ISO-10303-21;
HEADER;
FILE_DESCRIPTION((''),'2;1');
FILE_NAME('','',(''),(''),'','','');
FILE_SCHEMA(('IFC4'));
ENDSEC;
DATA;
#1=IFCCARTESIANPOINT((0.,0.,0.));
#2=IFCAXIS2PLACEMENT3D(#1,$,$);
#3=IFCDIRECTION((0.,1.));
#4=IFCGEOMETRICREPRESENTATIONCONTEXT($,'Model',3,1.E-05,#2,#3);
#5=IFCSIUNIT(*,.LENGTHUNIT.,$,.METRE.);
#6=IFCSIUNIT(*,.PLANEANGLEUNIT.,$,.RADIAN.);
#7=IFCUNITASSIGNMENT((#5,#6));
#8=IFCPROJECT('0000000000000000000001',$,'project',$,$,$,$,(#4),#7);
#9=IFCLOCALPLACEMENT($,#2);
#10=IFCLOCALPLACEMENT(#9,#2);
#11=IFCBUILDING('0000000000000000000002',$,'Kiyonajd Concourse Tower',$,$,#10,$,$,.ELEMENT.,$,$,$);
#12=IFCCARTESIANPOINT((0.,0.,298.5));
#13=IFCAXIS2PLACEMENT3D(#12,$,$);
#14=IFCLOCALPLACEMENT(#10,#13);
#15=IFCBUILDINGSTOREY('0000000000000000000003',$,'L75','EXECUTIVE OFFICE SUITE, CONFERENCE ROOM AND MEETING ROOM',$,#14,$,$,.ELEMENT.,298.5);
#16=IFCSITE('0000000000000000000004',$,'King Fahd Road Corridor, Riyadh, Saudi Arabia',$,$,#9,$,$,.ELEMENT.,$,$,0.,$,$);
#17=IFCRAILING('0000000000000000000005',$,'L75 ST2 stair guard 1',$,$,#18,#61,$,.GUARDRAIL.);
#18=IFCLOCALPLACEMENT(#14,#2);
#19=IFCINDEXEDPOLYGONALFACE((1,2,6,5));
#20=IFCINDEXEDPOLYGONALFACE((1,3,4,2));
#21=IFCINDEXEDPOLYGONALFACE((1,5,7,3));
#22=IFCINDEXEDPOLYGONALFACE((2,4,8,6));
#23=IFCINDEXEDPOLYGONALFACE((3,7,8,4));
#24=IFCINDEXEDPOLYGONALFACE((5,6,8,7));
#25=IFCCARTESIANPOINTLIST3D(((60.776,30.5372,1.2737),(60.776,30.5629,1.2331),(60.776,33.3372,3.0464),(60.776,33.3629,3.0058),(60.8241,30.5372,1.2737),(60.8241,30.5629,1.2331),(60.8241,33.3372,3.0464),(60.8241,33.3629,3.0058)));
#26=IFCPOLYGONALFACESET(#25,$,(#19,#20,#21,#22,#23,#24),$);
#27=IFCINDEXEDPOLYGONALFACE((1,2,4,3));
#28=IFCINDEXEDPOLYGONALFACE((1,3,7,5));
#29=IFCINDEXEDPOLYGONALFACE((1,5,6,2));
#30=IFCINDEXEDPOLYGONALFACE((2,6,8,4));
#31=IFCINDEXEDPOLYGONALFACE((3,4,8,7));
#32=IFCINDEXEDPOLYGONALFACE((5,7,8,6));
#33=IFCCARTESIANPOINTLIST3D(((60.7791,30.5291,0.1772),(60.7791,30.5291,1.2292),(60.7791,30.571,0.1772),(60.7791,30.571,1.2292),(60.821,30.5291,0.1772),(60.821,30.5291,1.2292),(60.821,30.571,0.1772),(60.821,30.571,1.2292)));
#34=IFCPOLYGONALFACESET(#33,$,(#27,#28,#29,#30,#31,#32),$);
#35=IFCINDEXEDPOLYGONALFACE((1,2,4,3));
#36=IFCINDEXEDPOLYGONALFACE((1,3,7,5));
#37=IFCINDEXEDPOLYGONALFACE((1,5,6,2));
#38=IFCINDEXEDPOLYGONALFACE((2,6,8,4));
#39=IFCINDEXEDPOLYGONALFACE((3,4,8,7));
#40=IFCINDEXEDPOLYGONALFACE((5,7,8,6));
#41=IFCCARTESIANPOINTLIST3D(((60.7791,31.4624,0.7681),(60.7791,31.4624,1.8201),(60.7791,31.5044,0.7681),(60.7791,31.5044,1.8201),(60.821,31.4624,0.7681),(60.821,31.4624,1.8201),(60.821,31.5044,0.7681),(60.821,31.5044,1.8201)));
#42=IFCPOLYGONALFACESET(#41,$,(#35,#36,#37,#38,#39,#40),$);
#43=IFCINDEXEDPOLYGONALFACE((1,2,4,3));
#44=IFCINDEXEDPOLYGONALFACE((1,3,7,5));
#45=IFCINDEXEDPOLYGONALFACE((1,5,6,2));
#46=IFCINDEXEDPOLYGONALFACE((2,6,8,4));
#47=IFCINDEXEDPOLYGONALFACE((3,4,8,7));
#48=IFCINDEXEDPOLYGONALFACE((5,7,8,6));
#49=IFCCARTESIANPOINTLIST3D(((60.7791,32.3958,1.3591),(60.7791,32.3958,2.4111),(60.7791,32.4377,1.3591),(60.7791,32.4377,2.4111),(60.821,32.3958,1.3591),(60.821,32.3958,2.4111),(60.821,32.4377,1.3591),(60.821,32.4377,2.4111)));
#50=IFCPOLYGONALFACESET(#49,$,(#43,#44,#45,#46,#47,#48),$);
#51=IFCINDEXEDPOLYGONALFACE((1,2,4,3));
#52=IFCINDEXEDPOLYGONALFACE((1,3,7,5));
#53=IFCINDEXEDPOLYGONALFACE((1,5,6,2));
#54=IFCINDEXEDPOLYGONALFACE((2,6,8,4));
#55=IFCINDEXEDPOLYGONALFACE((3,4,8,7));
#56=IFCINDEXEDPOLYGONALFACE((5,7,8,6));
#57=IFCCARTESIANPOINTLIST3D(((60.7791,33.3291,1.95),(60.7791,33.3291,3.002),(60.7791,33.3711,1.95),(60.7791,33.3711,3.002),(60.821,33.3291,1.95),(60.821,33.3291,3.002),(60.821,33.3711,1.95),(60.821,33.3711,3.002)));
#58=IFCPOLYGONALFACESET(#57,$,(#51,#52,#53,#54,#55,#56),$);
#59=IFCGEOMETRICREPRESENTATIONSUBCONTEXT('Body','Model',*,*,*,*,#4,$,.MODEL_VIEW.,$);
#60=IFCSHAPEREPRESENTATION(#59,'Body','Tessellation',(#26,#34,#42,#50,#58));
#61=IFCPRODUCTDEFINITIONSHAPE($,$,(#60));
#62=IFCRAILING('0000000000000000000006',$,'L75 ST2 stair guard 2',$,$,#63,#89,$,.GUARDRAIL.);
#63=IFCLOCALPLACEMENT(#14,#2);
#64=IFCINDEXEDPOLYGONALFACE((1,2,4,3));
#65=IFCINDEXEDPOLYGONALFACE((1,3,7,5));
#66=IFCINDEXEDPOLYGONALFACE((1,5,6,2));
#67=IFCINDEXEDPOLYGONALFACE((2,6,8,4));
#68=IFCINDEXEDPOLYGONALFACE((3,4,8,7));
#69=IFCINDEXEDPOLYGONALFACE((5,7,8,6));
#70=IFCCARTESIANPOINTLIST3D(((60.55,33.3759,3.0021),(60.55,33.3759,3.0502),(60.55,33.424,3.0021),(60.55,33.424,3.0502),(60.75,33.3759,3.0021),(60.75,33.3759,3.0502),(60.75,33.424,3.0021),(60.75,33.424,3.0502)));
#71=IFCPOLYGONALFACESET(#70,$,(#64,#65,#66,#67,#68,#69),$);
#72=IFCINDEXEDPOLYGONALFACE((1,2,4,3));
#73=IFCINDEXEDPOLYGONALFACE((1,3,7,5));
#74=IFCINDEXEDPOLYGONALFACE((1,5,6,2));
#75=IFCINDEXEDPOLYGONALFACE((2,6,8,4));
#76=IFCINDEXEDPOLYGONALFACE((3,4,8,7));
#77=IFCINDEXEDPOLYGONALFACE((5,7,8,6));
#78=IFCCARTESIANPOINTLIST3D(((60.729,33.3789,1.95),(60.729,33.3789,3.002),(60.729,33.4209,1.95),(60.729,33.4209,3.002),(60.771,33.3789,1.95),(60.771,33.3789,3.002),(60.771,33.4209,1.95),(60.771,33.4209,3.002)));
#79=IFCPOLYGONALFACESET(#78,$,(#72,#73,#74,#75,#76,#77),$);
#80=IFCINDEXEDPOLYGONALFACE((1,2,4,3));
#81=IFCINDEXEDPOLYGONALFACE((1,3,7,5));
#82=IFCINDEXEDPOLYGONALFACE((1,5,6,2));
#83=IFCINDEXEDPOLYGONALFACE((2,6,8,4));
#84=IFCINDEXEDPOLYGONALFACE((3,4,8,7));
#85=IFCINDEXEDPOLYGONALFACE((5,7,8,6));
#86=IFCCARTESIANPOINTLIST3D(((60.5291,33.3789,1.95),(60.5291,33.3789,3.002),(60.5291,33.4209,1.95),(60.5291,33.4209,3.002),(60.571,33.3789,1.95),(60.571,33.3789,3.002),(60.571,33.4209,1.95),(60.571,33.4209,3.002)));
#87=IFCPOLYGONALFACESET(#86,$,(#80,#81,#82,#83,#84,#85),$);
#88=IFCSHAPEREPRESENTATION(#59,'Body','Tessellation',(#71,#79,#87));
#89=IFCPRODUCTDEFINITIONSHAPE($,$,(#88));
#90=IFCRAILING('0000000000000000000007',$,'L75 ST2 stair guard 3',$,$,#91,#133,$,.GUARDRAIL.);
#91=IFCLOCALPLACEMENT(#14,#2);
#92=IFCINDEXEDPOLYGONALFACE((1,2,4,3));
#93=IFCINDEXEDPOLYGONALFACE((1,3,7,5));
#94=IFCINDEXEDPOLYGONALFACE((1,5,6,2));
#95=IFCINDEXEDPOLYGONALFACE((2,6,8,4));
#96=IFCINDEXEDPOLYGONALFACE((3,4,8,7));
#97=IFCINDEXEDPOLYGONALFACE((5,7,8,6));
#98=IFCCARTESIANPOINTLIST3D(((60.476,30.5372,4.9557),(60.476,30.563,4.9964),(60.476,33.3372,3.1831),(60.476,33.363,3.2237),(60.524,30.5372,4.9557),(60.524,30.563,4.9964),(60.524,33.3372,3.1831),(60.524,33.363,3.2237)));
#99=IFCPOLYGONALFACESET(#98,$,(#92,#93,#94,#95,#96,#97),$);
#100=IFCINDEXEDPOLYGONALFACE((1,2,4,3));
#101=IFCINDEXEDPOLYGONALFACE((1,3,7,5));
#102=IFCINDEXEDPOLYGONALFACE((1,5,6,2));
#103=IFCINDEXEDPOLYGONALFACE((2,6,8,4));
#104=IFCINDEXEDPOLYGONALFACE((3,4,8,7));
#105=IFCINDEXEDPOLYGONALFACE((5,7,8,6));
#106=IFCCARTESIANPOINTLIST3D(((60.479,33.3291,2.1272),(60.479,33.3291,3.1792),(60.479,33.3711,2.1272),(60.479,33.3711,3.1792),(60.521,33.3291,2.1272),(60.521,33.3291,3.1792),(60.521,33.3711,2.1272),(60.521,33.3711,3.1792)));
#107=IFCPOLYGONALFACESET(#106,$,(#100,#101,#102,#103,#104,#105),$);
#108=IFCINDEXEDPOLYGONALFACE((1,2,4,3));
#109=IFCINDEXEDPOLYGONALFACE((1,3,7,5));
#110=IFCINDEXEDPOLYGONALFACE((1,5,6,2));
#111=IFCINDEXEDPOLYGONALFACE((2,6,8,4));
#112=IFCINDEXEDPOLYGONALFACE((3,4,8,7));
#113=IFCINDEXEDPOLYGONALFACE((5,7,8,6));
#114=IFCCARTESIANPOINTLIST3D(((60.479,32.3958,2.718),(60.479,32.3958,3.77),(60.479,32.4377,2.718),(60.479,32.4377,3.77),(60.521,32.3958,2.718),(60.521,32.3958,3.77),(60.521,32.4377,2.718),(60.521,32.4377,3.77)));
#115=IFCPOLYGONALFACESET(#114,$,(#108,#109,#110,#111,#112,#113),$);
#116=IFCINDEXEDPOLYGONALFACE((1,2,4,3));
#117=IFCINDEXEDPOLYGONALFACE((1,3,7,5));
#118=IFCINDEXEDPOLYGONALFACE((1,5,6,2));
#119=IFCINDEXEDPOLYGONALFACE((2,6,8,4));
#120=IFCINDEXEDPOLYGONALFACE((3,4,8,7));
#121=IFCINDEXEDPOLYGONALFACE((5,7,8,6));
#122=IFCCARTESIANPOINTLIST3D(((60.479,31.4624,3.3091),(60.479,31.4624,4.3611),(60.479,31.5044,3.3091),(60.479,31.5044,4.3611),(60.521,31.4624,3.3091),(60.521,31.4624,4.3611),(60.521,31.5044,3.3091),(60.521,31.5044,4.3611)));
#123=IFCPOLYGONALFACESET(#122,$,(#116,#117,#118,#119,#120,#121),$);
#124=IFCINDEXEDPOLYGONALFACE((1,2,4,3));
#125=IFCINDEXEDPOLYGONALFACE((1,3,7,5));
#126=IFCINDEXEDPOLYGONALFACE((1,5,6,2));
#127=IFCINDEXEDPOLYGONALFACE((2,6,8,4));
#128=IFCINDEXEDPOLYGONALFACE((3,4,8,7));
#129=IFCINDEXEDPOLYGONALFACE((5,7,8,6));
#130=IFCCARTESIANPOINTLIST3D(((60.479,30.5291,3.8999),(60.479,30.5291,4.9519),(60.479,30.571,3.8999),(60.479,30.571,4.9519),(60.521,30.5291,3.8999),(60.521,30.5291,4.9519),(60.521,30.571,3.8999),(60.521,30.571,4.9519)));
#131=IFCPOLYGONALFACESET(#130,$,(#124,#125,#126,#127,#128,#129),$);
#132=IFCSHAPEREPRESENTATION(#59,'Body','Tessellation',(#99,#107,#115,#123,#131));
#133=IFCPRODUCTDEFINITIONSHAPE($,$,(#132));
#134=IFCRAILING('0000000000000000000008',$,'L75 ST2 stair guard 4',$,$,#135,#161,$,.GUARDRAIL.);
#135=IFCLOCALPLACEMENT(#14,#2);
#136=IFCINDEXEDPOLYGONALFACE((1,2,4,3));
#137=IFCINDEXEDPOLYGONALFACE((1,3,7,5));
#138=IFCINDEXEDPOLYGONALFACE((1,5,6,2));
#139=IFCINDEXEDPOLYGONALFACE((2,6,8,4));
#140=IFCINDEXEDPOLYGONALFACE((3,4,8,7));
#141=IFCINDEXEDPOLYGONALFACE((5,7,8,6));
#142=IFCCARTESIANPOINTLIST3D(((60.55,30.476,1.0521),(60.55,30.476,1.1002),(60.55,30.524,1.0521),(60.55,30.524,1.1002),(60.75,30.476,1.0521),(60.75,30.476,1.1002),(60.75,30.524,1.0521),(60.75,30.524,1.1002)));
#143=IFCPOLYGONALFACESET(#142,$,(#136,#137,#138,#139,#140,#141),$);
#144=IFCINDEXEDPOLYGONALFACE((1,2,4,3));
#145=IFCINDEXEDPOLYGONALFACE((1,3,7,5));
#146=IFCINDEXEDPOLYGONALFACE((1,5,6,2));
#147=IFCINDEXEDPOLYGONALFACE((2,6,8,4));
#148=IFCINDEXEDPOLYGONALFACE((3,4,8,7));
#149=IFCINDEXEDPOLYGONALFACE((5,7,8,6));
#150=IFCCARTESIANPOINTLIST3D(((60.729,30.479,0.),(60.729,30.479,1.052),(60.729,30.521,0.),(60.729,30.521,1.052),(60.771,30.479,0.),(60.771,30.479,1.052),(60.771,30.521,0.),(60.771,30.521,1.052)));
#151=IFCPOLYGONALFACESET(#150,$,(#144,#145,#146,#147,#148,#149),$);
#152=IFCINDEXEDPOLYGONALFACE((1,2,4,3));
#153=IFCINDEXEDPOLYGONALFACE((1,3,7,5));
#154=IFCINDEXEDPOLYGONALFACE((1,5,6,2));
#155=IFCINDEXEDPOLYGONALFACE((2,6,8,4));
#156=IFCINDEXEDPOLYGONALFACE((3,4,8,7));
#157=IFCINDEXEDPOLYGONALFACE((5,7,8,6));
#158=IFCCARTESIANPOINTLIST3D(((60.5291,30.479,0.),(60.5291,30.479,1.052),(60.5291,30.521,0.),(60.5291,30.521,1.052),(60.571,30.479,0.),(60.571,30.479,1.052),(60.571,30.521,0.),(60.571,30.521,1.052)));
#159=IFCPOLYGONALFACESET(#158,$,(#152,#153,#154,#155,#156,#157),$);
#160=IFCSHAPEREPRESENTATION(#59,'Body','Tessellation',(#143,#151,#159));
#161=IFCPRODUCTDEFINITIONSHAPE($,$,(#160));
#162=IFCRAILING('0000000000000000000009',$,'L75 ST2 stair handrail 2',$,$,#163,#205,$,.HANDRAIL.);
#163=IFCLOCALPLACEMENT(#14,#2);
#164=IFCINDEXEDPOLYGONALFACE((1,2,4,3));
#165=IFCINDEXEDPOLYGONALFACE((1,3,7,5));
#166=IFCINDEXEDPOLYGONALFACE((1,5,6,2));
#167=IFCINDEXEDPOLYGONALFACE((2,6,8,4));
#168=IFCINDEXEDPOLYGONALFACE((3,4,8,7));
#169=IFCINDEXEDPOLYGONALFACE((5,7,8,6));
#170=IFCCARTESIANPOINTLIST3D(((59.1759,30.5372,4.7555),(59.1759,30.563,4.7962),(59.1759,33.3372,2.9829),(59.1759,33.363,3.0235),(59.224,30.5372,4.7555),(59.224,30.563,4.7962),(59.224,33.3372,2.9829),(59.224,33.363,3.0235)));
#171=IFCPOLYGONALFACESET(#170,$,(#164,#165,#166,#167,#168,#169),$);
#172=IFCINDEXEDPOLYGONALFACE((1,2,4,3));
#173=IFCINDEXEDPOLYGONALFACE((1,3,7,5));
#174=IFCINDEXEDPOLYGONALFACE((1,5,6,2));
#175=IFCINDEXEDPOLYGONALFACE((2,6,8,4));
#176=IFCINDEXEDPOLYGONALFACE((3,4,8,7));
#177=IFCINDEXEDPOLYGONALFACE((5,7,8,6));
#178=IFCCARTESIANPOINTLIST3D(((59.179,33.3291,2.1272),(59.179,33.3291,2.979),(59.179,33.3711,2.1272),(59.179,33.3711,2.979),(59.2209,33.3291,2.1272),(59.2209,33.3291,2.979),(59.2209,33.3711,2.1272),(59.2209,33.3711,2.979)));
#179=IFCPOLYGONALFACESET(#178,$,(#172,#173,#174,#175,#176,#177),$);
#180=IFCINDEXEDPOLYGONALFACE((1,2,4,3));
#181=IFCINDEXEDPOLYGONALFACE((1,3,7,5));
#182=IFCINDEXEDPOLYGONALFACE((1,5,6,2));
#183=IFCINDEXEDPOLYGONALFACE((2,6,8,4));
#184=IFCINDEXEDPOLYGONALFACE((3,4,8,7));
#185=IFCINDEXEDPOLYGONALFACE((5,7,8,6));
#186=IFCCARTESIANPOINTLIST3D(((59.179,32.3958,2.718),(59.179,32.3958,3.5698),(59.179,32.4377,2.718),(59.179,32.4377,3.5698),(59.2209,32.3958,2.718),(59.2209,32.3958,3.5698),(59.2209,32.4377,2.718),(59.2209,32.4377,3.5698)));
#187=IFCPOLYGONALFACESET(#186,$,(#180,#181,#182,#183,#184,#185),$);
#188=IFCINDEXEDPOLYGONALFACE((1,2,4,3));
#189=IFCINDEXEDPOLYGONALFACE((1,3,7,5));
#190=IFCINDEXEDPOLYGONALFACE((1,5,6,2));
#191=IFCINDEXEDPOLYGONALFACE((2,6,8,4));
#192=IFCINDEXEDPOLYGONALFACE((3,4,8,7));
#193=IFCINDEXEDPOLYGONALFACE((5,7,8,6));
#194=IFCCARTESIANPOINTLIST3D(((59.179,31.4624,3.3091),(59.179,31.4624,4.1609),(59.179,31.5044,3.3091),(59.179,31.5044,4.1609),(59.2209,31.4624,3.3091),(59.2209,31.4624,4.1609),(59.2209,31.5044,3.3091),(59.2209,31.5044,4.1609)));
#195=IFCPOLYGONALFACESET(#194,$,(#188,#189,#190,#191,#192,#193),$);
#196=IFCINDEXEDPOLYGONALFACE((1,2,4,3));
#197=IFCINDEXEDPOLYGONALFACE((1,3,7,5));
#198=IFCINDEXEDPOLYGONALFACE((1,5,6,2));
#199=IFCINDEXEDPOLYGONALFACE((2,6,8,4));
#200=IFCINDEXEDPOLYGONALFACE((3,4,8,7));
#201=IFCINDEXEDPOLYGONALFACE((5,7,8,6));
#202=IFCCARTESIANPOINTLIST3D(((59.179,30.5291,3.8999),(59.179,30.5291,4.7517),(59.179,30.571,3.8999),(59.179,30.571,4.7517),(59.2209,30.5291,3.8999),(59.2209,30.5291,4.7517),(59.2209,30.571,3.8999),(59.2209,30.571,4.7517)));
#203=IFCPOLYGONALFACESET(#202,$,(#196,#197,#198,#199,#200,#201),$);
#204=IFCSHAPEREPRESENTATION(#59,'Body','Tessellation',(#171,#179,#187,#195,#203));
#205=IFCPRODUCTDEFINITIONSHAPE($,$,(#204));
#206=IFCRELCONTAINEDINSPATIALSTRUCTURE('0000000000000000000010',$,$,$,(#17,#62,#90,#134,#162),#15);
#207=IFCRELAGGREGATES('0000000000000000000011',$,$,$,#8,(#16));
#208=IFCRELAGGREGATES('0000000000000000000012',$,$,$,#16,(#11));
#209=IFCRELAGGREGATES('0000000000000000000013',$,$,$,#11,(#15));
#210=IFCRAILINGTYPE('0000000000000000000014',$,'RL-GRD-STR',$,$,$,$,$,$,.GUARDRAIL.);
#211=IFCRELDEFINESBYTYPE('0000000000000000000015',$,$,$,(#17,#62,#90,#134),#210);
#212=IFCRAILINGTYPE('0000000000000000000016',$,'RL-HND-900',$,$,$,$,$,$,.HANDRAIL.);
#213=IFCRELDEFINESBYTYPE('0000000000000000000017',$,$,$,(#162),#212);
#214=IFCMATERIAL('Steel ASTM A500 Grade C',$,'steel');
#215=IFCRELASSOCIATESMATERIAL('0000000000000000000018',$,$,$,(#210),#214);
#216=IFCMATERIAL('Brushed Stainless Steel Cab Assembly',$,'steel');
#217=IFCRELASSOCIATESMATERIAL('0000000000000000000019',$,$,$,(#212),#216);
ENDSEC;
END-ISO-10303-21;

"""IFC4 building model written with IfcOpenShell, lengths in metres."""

from ifc_helpers import new_model, si_unit, direction, frame, origin, origin_2d, place, context, subcontext, project, spatial, rectangle, extrude, material, type_object, element, save


model = new_model("IFC4")

# Units and contexts
model_context = context("Model", 3, precision=1e-05, world=origin(), true_north=direction((0.0, 1.0)))
body_context = subcontext(model_context, "Body", "Model", "MODEL_VIEW")
ifc_project = project(units=[si_unit("LENGTHUNIT", "METRE"), si_unit("PLANEANGLEUNIT", "RADIAN")], contexts=[model_context])

# Site, building, storey
site_placement = place(None, origin())
site = spatial("IfcSite", under=ifc_project, at=site_placement, Name="King Fahd Road Corridor, Riyadh, Saudi Arabia", CompositionType="ELEMENT", RefElevation=0.0)
building_placement = place(site_placement, origin())
building = spatial("IfcBuilding", under=site, at=building_placement, Name="Kiyonajd Concourse Tower", CompositionType="ELEMENT")
storey_placement = place(building_placement, frame((0.0, 0.0, 298.5)))
storey = spatial("IfcBuildingStorey", under=building, at=storey_placement, Name="L75", Description="EXECUTIVE OFFICE SUITE, CONFERENCE ROOM AND MEETING ROOM", CompositionType="ELEMENT", Elevation=298.5)

# Shared definitions
ifc_material_1 = material(Name="Brushed Stainless Steel Cab Assembly", Category="steel")

# Railings
ifc_material_2 = material(Name="Steel ASTM A500 Grade C", Category="steel")
railing_type_1 = type_object("IfcRailingType", Name="RL-GRD-STR", PredefinedType="GUARDRAIL", material=ifc_material_2)
railing_1_placement = place(storey_placement, frame((60.8, 30.55, 0.1772)))
element("IfcRailing", 1, at=railing_1_placement, inside=storey, type_object=railing_type_1, Name="L75 ST2 stair guard 1", PredefinedType="GUARDRAIL", context=body_context, shape_type="SweptSolid", body=[
    extrude(rectangle(XDim=0.0481, YDim=0.0481, at=origin_2d()), frame((0.0, 0.0, 1.0762), z_axis=(0.0, 0.844909, 0.53491), x_axis=(-1.0, 0.0, 0.0)), (0.0, 0.0, 1.0), 3.314),
    extrude(rectangle(XDim=0.042, YDim=0.042, at=origin_2d()), origin(), (0.0, 0.0, 1.0), 1.052),
    extrude(rectangle(XDim=0.042, YDim=0.042, at=origin_2d()), frame((0.0, 0.9333, 0.5908)), (0.0, 0.0, 1.0), 1.052),
    extrude(rectangle(XDim=0.042, YDim=0.042, at=origin_2d()), frame((0.0, 1.8667, 1.1819)), (0.0, 0.0, 1.0), 1.052),
    extrude(rectangle(XDim=0.042, YDim=0.042, at=origin_2d()), frame((0.0, 2.8, 1.7727)), (0.0, 0.0, 1.0), 1.052),
])
railing_2_placement = place(storey_placement, frame((60.75, 33.3999, 1.95)))
element("IfcRailing", 2, at=railing_2_placement, inside=storey, type_object=railing_type_1, Name="L75 ST2 stair guard 2", PredefinedType="GUARDRAIL", context=body_context, shape_type="SweptSolid", body=[
    extrude(rectangle(XDim=0.0481, YDim=0.0481, at=origin_2d()), frame((0.0, 0.0, 1.0762), z_axis=(-1.0, 0.0, 0.0), x_axis=(0.0, -1.0, 0.0)), (0.0, 0.0, 1.0), 0.2),
    extrude(rectangle(XDim=0.042, YDim=0.042, at=origin_2d()), origin(), (0.0, 0.0, 1.0), 1.052),
    extrude(rectangle(XDim=0.042, YDim=0.042, at=origin_2d()), frame((-0.2, 0.0, 0.0)), (0.0, 0.0, 1.0), 1.052),
])
railing_3_placement = place(storey_placement, frame((60.5, 33.3501, 2.1272)))
element("IfcRailing", 3, at=railing_3_placement, inside=storey, type_object=railing_type_1, Name="L75 ST2 stair guard 3", PredefinedType="GUARDRAIL", context=body_context, shape_type="SweptSolid", body=[
    extrude(rectangle(XDim=0.0481, YDim=0.0481, at=origin_2d()), frame((0.0, 0.0, 1.0762), z_axis=(0.0, -0.844909, 0.53491), x_axis=(1.0, 0.0, 0.0)), (0.0, 0.0, 1.0), 3.314),
    extrude(rectangle(XDim=0.042, YDim=0.042, at=origin_2d()), origin(), (0.0, 0.0, 1.0), 1.052),
    extrude(rectangle(XDim=0.042, YDim=0.042, at=origin_2d()), frame((0.0, -0.9333, 0.5908)), (0.0, 0.0, 1.0), 1.052),
    extrude(rectangle(XDim=0.042, YDim=0.042, at=origin_2d()), frame((0.0, -1.8667, 1.1819)), (0.0, 0.0, 1.0), 1.052),
    extrude(rectangle(XDim=0.042, YDim=0.042, at=origin_2d()), frame((0.0, -2.8, 1.7727)), (0.0, 0.0, 1.0), 1.052),
])
railing_4_placement = place(storey_placement, frame((60.75, 30.5, 0.0)))
element("IfcRailing", 4, at=railing_4_placement, inside=storey, type_object=railing_type_1, Name="L75 ST2 stair guard 4", PredefinedType="GUARDRAIL", context=body_context, shape_type="SweptSolid", body=[
    extrude(rectangle(XDim=0.0481, YDim=0.0481, at=origin_2d()), frame((0.0, 0.0, 1.0762), z_axis=(-1.0, 0.0, 0.0), x_axis=(0.0, -1.0, 0.0)), (0.0, 0.0, 1.0), 0.2),
    extrude(rectangle(XDim=0.042, YDim=0.042, at=origin_2d()), origin(), (0.0, 0.0, 1.0), 1.052),
    extrude(rectangle(XDim=0.042, YDim=0.042, at=origin_2d()), frame((-0.2, 0.0, 0.0)), (0.0, 0.0, 1.0), 1.052),
])
railing_type_2 = type_object("IfcRailingType", Name="RL-HND-900", PredefinedType="HANDRAIL", material=ifc_material_1)
railing_5_placement = place(storey_placement, frame((59.2, 33.3501, 2.1272)))
element("IfcRailing", 5, at=railing_5_placement, inside=storey, type_object=railing_type_2, Name="L75 ST2 stair handrail 2", PredefinedType="HANDRAIL", context=body_context, shape_type="SweptSolid", body=[
    extrude(rectangle(XDim=0.0481, YDim=0.0481, at=origin_2d()), frame((0.0, 0.0, 0.876), z_axis=(0.0, -0.844909, 0.53491), x_axis=(1.0, 0.0, 0.0)), (0.0, 0.0, 1.0), 3.314),
    extrude(rectangle(XDim=0.042, YDim=0.042, at=origin_2d()), origin(), (0.0, 0.0, 1.0), 0.8518),
    extrude(rectangle(XDim=0.042, YDim=0.042, at=origin_2d()), frame((0.0, -0.9333, 0.5908)), (0.0, 0.0, 1.0), 0.8518),
    extrude(rectangle(XDim=0.042, YDim=0.042, at=origin_2d()), frame((0.0, -1.8667, 1.1819)), (0.0, 0.0, 1.0), 0.8518),
    extrude(rectangle(XDim=0.042, YDim=0.042, at=origin_2d()), frame((0.0, -2.8, 1.7727)), (0.0, 0.0, 1.0), 0.8518),
])

save(model, "model.ifc")
